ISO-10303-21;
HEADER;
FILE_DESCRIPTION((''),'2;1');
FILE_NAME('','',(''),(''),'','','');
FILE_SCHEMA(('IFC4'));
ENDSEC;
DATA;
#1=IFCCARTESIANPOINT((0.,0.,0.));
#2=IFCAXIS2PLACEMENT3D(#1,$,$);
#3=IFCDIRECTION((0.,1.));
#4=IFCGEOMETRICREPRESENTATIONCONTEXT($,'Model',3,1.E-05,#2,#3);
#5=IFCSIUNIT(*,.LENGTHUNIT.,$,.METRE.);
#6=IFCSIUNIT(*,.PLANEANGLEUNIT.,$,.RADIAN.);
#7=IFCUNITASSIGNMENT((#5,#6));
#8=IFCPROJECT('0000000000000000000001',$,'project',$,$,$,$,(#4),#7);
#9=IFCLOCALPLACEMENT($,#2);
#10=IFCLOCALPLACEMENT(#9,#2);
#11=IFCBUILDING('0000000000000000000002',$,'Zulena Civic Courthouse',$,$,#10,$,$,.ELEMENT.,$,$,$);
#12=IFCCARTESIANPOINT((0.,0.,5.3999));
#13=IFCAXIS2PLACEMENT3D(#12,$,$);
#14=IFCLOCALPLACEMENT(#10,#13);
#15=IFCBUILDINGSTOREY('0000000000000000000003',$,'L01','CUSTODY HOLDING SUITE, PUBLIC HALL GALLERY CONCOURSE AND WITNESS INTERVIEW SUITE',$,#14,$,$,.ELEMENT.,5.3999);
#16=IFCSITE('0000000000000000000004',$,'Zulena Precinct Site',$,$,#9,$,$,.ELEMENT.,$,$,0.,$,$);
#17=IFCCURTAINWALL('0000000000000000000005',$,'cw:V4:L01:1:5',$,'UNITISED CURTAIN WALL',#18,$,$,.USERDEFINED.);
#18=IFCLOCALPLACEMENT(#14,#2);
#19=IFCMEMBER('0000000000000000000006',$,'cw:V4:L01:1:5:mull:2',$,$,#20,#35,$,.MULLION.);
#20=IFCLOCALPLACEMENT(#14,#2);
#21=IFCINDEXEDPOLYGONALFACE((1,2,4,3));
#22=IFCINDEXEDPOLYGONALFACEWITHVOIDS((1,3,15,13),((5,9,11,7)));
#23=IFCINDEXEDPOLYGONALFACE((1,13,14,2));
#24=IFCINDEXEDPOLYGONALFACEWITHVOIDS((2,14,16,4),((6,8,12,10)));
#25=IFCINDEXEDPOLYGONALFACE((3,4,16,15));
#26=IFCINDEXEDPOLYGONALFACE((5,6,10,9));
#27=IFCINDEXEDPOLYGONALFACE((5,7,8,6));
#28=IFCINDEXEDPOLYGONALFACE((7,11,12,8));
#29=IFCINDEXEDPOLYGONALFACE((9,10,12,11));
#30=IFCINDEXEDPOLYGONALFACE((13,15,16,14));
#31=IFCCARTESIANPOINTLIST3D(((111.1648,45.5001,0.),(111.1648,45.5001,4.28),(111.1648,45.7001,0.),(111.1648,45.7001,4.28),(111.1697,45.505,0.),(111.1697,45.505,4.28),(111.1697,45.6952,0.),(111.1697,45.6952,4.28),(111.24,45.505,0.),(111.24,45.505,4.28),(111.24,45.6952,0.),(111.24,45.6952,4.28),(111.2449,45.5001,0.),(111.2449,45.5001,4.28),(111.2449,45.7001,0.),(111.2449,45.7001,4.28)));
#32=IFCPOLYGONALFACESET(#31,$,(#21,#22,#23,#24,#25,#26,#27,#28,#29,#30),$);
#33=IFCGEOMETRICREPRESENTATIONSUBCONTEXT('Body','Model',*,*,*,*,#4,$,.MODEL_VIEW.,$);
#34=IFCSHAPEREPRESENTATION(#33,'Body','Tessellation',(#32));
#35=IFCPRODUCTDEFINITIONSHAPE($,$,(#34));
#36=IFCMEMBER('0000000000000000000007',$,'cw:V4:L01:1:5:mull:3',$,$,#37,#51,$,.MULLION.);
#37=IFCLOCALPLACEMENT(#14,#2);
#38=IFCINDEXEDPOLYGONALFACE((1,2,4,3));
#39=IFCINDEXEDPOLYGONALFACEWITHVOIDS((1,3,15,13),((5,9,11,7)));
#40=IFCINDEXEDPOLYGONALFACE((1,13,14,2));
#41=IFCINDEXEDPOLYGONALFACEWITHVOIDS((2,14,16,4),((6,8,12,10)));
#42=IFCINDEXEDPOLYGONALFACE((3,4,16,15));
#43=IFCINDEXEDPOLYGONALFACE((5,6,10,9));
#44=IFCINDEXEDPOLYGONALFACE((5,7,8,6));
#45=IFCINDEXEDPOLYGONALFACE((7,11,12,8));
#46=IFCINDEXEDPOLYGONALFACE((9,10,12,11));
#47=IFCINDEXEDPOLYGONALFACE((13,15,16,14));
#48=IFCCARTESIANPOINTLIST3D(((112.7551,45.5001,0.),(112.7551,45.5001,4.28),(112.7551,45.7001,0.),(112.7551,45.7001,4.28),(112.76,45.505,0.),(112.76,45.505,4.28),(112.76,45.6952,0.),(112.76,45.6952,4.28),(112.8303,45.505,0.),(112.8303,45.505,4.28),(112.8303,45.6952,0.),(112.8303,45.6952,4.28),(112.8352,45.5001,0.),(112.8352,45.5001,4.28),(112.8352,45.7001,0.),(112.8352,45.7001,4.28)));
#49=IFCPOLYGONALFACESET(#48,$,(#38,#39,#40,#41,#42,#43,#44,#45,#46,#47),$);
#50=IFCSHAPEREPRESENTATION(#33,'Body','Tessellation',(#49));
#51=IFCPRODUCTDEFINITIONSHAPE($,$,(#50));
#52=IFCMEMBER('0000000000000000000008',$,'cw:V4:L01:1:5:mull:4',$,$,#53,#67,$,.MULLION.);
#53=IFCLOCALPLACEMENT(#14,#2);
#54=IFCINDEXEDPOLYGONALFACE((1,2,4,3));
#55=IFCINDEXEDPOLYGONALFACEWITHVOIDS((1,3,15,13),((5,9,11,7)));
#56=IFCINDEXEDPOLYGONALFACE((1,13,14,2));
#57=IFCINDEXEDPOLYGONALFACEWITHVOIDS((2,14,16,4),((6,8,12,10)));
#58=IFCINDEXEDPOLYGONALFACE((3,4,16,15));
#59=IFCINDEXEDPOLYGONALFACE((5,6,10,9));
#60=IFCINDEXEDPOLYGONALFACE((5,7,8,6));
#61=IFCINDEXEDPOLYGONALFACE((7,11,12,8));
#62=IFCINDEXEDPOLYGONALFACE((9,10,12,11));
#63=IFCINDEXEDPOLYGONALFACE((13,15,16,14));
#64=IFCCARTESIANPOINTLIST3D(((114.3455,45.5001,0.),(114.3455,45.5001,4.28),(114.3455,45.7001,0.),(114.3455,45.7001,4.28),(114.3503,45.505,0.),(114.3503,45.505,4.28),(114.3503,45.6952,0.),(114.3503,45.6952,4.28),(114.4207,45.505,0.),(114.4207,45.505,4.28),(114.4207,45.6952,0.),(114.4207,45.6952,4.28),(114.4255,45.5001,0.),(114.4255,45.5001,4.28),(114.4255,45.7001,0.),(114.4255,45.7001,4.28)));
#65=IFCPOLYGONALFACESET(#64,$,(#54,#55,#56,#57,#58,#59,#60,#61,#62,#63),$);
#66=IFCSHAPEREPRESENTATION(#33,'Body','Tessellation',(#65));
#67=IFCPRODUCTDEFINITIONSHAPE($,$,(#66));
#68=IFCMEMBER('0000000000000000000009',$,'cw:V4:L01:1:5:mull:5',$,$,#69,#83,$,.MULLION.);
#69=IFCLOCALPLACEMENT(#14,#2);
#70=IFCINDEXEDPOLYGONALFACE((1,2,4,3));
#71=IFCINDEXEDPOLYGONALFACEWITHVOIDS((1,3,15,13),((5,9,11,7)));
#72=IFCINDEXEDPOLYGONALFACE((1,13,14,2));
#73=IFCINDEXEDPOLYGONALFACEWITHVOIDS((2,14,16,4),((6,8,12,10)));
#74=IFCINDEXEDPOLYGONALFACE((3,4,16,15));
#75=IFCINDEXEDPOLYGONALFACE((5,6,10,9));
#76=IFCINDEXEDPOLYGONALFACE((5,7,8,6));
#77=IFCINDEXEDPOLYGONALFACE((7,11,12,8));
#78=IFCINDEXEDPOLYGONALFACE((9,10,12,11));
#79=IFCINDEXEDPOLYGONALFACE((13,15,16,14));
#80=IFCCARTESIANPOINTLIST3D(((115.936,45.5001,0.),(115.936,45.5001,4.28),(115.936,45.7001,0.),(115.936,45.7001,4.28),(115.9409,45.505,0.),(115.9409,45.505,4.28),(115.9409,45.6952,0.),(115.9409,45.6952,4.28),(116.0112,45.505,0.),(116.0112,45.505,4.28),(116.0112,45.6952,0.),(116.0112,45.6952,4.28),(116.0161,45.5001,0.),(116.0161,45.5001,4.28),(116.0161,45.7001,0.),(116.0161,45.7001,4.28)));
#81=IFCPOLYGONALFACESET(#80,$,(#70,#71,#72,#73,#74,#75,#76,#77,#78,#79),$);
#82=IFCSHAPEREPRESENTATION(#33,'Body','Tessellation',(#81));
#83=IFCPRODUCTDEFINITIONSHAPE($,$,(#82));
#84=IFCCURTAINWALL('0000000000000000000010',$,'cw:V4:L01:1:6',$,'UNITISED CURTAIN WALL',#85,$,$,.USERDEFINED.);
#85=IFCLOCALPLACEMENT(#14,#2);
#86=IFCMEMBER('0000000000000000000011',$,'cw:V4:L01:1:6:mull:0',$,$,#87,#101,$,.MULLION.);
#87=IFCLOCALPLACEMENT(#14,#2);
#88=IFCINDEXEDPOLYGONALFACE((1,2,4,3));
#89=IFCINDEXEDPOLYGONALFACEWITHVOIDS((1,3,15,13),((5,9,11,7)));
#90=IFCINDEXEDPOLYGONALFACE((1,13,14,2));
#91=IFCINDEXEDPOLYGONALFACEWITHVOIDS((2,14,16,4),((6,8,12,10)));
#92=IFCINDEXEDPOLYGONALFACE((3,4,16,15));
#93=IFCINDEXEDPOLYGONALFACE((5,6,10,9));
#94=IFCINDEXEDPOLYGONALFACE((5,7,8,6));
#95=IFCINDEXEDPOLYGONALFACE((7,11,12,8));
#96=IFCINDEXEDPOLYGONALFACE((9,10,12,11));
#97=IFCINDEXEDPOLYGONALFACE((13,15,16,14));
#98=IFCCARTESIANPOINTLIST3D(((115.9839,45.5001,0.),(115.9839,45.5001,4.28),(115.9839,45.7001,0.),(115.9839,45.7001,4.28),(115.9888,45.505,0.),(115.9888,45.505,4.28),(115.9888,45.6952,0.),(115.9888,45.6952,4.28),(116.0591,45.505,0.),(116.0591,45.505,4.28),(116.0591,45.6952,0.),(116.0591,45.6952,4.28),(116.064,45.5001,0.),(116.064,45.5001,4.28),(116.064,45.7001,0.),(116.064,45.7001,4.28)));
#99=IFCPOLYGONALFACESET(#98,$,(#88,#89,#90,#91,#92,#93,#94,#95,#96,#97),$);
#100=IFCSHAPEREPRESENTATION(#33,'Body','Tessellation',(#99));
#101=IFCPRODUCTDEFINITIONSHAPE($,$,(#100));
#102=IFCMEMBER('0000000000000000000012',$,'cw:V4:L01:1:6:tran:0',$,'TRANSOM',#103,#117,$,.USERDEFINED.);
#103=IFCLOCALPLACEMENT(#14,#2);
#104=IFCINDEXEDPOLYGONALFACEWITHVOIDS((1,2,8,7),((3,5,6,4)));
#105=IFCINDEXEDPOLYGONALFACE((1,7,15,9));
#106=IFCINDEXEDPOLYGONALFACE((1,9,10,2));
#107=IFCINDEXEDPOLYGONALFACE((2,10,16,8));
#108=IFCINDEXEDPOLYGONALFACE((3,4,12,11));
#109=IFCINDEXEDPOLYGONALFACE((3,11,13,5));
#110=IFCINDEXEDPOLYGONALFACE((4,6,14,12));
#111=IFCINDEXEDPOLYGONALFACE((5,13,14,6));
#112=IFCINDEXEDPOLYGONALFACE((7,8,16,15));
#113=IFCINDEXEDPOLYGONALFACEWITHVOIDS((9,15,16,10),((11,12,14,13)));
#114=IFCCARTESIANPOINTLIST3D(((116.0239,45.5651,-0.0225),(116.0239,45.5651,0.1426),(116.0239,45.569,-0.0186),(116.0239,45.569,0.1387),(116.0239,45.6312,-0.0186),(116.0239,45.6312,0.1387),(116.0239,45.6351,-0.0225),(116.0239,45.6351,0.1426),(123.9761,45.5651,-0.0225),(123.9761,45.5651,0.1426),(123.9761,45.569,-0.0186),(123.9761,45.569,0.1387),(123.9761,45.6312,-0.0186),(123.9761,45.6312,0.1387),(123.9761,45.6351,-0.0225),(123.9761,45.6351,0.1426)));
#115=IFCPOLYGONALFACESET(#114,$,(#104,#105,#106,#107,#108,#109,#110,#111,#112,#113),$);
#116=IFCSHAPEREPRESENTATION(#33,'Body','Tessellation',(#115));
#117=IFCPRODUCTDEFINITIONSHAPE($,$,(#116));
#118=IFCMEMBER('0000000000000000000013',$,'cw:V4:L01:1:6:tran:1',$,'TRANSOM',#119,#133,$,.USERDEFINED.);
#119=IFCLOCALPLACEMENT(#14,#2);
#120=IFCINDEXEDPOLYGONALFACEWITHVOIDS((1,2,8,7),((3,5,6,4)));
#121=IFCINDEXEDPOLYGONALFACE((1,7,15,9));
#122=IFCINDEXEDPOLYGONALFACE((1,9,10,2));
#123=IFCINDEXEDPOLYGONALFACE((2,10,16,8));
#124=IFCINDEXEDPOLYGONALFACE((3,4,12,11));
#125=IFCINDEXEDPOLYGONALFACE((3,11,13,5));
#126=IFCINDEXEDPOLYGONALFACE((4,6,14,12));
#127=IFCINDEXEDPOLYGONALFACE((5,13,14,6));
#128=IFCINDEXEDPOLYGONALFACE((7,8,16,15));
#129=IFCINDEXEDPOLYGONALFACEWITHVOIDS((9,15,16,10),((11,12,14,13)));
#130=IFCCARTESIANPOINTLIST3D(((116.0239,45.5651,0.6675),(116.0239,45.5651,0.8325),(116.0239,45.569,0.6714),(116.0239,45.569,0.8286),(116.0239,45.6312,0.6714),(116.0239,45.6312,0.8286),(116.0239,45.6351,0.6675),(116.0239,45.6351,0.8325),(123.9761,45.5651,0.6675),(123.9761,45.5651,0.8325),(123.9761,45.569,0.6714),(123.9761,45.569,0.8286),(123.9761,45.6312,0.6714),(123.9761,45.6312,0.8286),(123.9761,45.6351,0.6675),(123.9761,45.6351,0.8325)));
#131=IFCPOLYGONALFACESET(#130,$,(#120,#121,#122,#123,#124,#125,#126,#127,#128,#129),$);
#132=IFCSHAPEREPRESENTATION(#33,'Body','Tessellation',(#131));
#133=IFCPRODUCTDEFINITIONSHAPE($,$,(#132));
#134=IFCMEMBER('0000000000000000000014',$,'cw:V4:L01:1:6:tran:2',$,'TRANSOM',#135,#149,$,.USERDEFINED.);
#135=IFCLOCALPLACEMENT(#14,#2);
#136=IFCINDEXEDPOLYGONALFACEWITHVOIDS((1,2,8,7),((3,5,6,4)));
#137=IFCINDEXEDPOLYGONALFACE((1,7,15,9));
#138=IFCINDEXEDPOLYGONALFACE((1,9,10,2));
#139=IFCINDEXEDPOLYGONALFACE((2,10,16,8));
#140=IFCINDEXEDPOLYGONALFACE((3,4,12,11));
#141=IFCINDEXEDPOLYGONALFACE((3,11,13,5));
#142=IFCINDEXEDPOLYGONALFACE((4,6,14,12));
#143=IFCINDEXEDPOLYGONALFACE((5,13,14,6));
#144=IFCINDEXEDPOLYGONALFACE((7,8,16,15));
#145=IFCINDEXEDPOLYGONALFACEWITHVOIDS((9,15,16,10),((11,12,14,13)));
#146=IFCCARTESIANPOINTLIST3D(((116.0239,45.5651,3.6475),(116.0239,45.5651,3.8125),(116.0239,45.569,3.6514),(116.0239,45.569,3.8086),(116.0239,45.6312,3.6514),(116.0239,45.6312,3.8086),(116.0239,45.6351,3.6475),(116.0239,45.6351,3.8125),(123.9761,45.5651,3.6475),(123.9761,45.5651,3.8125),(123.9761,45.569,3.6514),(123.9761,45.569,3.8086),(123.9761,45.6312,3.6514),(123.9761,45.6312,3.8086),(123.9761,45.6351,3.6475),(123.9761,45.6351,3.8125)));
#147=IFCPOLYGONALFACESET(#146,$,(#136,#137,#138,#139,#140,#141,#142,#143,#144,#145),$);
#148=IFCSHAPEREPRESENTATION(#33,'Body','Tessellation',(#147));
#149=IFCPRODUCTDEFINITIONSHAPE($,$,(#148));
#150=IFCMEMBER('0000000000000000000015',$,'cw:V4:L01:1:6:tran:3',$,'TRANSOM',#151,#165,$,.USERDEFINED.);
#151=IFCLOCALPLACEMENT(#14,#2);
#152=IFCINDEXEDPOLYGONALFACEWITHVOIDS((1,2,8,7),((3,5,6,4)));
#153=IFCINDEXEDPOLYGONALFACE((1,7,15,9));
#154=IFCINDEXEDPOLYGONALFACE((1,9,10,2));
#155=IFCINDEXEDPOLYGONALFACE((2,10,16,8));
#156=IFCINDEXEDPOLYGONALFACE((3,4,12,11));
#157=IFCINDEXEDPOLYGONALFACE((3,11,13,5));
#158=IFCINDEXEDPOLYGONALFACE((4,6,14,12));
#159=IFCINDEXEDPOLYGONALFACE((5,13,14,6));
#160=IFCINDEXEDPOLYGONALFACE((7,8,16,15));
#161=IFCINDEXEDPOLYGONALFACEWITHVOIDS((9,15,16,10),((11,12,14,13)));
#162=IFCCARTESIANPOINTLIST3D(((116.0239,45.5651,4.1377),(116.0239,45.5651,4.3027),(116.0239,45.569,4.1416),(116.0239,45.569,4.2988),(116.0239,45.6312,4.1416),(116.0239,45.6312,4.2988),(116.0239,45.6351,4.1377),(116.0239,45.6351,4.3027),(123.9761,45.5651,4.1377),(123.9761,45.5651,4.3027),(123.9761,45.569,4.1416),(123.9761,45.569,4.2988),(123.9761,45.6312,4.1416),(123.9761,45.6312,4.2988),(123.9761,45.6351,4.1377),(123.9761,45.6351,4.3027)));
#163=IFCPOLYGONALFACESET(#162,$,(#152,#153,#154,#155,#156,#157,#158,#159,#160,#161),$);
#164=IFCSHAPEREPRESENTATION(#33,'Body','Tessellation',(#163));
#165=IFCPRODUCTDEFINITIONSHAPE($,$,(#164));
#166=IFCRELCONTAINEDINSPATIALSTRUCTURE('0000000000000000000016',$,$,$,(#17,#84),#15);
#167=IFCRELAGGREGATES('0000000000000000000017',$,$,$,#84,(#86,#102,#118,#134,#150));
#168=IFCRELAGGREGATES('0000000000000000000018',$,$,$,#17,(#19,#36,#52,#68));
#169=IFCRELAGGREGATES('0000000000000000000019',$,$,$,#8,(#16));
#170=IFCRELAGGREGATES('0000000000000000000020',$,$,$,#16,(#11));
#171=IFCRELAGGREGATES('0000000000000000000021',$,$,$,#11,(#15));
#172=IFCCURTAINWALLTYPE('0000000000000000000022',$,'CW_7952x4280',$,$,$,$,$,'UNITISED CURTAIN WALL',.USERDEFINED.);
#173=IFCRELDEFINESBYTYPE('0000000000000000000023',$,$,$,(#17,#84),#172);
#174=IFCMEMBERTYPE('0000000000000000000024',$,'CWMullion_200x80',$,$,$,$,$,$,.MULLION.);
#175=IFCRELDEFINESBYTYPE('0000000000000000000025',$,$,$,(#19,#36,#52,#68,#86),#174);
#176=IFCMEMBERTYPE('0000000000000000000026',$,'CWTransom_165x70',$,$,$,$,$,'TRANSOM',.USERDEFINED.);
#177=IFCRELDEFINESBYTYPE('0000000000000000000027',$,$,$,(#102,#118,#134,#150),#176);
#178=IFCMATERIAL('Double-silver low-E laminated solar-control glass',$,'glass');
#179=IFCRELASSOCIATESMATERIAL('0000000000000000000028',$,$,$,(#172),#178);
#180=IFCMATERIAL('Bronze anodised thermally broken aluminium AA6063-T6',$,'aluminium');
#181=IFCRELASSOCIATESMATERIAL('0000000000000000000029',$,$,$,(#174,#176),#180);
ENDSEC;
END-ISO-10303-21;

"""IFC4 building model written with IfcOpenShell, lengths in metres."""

from ifc_helpers import new_model, si_unit, direction, frame, origin, origin_2d, place, context, subcontext, project, spatial, hollow_rectangle, extrude, material, material_profile, profile_set, type_object, element, aggregate, save


model = new_model("IFC4")

# Units and contexts
model_context = context("Model", 3, precision=1e-05, world=origin(), true_north=direction((0.0, 1.0)))
body_context = subcontext(model_context, "Body", "Model", "MODEL_VIEW")
ifc_project = project(units=[si_unit("LENGTHUNIT", "METRE"), si_unit("PLANEANGLEUNIT", "RADIAN")], contexts=[model_context])

# Site, building, storey
site_placement = place(None, origin())
site = spatial("IfcSite", under=ifc_project, at=site_placement, Name="Zulena Precinct Site", CompositionType="ELEMENT", RefElevation=0.0)
building_placement = place(site_placement, origin())
building = spatial("IfcBuilding", under=site, at=building_placement, Name="Zulena Civic Courthouse", CompositionType="ELEMENT")
storey_placement = place(building_placement, frame((0.0, 0.0, 5.3999)))
storey = spatial("IfcBuildingStorey", under=building, at=storey_placement, Name="L01", Description="CUSTODY HOLDING SUITE, PUBLIC HALL GALLERY CONCOURSE AND WITNESS INTERVIEW SUITE", CompositionType="ELEMENT", Elevation=5.3999)

# Curtain walls, members
ifc_material_1 = material(Name="Double-silver low-E laminated solar-control glass", Category="glass")
curtain_wall_type = type_object("IfcCurtainWallType", Name="CW_7952x4280", ElementType="UNITISED CURTAIN WALL", PredefinedType="USERDEFINED", material=ifc_material_1)
curtain_wall_1_placement = place(storey_placement, origin())
curtain_wall_1 = element("IfcCurtainWall", 1, at=curtain_wall_1_placement, inside=storey, type_object=curtain_wall_type, Name="cw:V4:L01:1:5", ObjectType="UNITISED CURTAIN WALL", PredefinedType="USERDEFINED")
ifc_material_2 = material(Name="Bronze anodised thermally broken aluminium AA6063-T6", Category="aluminium")
ifc_material_profile_1 = material_profile(ifc_material_2, hollow_rectangle(XDim=0.0801, YDim=0.2, WallThickness=0.0049, at=origin_2d()), Name="CWM200X80X5")
ifc_profile_set_1 = profile_set([ifc_material_profile_1], Name="Bronze anodised thermally broken aluminium AA6063-T6")
member_type_1 = type_object("IfcMemberType", Name="CWMullion_200x80", PredefinedType="MULLION", material=ifc_profile_set_1)
member_1_placement = place(storey_placement, frame((111.2048, 45.6001, 0.0), z_axis=(0.0, 0.0, 1.0), x_axis=(1.0, 0.0, 0.0)))
member_1 = element("IfcMember", 2, at=member_1_placement, type_object=member_type_1, Name="cw:V4:L01:1:5:mull:2", PredefinedType="MULLION", context=body_context, shape_type="SweptSolid", body=[
    extrude(hollow_rectangle(XDim=0.0801, YDim=0.2, WallThickness=0.0049, at=origin_2d()), origin(), (0.0, 0.0, 1.0), 4.28),
])
member_2_placement = place(storey_placement, frame((112.7952, 45.6001, 0.0), z_axis=(0.0, 0.0, 1.0), x_axis=(1.0, 0.0, 0.0)))
member_2 = element("IfcMember", 3, at=member_2_placement, type_object=member_type_1, Name="cw:V4:L01:1:5:mull:3", PredefinedType="MULLION", context=body_context, shape_type="SweptSolid", body=[
    extrude(hollow_rectangle(XDim=0.0801, YDim=0.2, WallThickness=0.0049, at=origin_2d()), origin(), (0.0, 0.0, 1.0), 4.28),
])
member_3_placement = place(storey_placement, frame((114.3855, 45.6001, 0.0), z_axis=(0.0, 0.0, 1.0), x_axis=(1.0, 0.0, 0.0)))
member_3 = element("IfcMember", 4, at=member_3_placement, type_object=member_type_1, Name="cw:V4:L01:1:5:mull:4", PredefinedType="MULLION", context=body_context, shape_type="SweptSolid", body=[
    extrude(hollow_rectangle(XDim=0.0801, YDim=0.2, WallThickness=0.0049, at=origin_2d()), origin(), (0.0, 0.0, 1.0), 4.28),
])
member_4_placement = place(storey_placement, frame((115.9761, 45.6001, 0.0), z_axis=(0.0, 0.0, 1.0), x_axis=(1.0, 0.0, 0.0)))
member_4 = element("IfcMember", 5, at=member_4_placement, type_object=member_type_1, Name="cw:V4:L01:1:5:mull:5", PredefinedType="MULLION", context=body_context, shape_type="SweptSolid", body=[
    extrude(hollow_rectangle(XDim=0.0801, YDim=0.2, WallThickness=0.0049, at=origin_2d()), origin(), (0.0, 0.0, 1.0), 4.28),
])
curtain_wall_2_placement = place(storey_placement, origin())
curtain_wall_2 = element("IfcCurtainWall", 6, at=curtain_wall_2_placement, inside=storey, type_object=curtain_wall_type, Name="cw:V4:L01:1:6", ObjectType="UNITISED CURTAIN WALL", PredefinedType="USERDEFINED")
member_5_placement = place(storey_placement, frame((116.0239, 45.6001, 0.0), z_axis=(0.0, 0.0, 1.0), x_axis=(1.0, 0.0, 0.0)))
member_5 = element("IfcMember", 7, at=member_5_placement, type_object=member_type_1, Name="cw:V4:L01:1:6:mull:0", PredefinedType="MULLION", context=body_context, shape_type="SweptSolid", body=[
    extrude(hollow_rectangle(XDim=0.0801, YDim=0.2, WallThickness=0.0049, at=origin_2d()), origin(), (0.0, 0.0, 1.0), 4.28),
])
ifc_material_profile_2 = material_profile(ifc_material_2, hollow_rectangle(XDim=0.0701, YDim=0.165, WallThickness=0.0039, at=origin_2d()), Name="CWT165X70X4")
ifc_profile_set_2 = profile_set([ifc_material_profile_2], Name="Bronze anodised thermally broken aluminium AA6063-T6")
member_type_2 = type_object("IfcMemberType", Name="CWTransom_165x70", ElementType="TRANSOM", PredefinedType="USERDEFINED", material=ifc_profile_set_2)
member_6_placement = place(storey_placement, frame((116.0239, 45.6001, 0.0601), z_axis=(1.0, 0.0, 0.0), x_axis=(0.0, 1.0, 0.0)))
member_6 = element("IfcMember", 8, at=member_6_placement, type_object=member_type_2, Name="cw:V4:L01:1:6:tran:0", ObjectType="TRANSOM", PredefinedType="USERDEFINED", context=body_context, shape_type="SweptSolid", body=[
    extrude(hollow_rectangle(XDim=0.0701, YDim=0.165, WallThickness=0.0039, at=origin_2d()), origin(), (0.0, 0.0, 1.0), 7.9521),
])
member_7_placement = place(storey_placement, frame((116.0239, 45.6001, 0.75), z_axis=(1.0, 0.0, 0.0), x_axis=(0.0, 1.0, 0.0)))
member_7 = element("IfcMember", 9, at=member_7_placement, type_object=member_type_2, Name="cw:V4:L01:1:6:tran:1", ObjectType="TRANSOM", PredefinedType="USERDEFINED", context=body_context, shape_type="SweptSolid", body=[
    extrude(hollow_rectangle(XDim=0.0701, YDim=0.165, WallThickness=0.0039, at=origin_2d()), origin(), (0.0, 0.0, 1.0), 7.9521),
])
member_8_placement = place(storey_placement, frame((116.0239, 45.6001, 3.73), z_axis=(1.0, 0.0, 0.0), x_axis=(0.0, 1.0, 0.0)))
member_8 = element("IfcMember", 10, at=member_8_placement, type_object=member_type_2, Name="cw:V4:L01:1:6:tran:2", ObjectType="TRANSOM", PredefinedType="USERDEFINED", context=body_context, shape_type="SweptSolid", body=[
    extrude(hollow_rectangle(XDim=0.0701, YDim=0.165, WallThickness=0.0039, at=origin_2d()), origin(), (0.0, 0.0, 1.0), 7.9521),
])
member_9_placement = place(storey_placement, frame((116.0239, 45.6001, 4.2202), z_axis=(1.0, 0.0, 0.0), x_axis=(0.0, 1.0, 0.0)))
member_9 = element("IfcMember", 11, at=member_9_placement, type_object=member_type_2, Name="cw:V4:L01:1:6:tran:3", ObjectType="TRANSOM", PredefinedType="USERDEFINED", context=body_context, shape_type="SweptSolid", body=[
    extrude(hollow_rectangle(XDim=0.0701, YDim=0.165, WallThickness=0.0039, at=origin_2d()), origin(), (0.0, 0.0, 1.0), 7.9521),
])
aggregate(curtain_wall_2, [member_5, member_6, member_7, member_8, member_9])

aggregate(curtain_wall_1, [member_1, member_2, member_3, member_4])

save(model, "model.ifc")
